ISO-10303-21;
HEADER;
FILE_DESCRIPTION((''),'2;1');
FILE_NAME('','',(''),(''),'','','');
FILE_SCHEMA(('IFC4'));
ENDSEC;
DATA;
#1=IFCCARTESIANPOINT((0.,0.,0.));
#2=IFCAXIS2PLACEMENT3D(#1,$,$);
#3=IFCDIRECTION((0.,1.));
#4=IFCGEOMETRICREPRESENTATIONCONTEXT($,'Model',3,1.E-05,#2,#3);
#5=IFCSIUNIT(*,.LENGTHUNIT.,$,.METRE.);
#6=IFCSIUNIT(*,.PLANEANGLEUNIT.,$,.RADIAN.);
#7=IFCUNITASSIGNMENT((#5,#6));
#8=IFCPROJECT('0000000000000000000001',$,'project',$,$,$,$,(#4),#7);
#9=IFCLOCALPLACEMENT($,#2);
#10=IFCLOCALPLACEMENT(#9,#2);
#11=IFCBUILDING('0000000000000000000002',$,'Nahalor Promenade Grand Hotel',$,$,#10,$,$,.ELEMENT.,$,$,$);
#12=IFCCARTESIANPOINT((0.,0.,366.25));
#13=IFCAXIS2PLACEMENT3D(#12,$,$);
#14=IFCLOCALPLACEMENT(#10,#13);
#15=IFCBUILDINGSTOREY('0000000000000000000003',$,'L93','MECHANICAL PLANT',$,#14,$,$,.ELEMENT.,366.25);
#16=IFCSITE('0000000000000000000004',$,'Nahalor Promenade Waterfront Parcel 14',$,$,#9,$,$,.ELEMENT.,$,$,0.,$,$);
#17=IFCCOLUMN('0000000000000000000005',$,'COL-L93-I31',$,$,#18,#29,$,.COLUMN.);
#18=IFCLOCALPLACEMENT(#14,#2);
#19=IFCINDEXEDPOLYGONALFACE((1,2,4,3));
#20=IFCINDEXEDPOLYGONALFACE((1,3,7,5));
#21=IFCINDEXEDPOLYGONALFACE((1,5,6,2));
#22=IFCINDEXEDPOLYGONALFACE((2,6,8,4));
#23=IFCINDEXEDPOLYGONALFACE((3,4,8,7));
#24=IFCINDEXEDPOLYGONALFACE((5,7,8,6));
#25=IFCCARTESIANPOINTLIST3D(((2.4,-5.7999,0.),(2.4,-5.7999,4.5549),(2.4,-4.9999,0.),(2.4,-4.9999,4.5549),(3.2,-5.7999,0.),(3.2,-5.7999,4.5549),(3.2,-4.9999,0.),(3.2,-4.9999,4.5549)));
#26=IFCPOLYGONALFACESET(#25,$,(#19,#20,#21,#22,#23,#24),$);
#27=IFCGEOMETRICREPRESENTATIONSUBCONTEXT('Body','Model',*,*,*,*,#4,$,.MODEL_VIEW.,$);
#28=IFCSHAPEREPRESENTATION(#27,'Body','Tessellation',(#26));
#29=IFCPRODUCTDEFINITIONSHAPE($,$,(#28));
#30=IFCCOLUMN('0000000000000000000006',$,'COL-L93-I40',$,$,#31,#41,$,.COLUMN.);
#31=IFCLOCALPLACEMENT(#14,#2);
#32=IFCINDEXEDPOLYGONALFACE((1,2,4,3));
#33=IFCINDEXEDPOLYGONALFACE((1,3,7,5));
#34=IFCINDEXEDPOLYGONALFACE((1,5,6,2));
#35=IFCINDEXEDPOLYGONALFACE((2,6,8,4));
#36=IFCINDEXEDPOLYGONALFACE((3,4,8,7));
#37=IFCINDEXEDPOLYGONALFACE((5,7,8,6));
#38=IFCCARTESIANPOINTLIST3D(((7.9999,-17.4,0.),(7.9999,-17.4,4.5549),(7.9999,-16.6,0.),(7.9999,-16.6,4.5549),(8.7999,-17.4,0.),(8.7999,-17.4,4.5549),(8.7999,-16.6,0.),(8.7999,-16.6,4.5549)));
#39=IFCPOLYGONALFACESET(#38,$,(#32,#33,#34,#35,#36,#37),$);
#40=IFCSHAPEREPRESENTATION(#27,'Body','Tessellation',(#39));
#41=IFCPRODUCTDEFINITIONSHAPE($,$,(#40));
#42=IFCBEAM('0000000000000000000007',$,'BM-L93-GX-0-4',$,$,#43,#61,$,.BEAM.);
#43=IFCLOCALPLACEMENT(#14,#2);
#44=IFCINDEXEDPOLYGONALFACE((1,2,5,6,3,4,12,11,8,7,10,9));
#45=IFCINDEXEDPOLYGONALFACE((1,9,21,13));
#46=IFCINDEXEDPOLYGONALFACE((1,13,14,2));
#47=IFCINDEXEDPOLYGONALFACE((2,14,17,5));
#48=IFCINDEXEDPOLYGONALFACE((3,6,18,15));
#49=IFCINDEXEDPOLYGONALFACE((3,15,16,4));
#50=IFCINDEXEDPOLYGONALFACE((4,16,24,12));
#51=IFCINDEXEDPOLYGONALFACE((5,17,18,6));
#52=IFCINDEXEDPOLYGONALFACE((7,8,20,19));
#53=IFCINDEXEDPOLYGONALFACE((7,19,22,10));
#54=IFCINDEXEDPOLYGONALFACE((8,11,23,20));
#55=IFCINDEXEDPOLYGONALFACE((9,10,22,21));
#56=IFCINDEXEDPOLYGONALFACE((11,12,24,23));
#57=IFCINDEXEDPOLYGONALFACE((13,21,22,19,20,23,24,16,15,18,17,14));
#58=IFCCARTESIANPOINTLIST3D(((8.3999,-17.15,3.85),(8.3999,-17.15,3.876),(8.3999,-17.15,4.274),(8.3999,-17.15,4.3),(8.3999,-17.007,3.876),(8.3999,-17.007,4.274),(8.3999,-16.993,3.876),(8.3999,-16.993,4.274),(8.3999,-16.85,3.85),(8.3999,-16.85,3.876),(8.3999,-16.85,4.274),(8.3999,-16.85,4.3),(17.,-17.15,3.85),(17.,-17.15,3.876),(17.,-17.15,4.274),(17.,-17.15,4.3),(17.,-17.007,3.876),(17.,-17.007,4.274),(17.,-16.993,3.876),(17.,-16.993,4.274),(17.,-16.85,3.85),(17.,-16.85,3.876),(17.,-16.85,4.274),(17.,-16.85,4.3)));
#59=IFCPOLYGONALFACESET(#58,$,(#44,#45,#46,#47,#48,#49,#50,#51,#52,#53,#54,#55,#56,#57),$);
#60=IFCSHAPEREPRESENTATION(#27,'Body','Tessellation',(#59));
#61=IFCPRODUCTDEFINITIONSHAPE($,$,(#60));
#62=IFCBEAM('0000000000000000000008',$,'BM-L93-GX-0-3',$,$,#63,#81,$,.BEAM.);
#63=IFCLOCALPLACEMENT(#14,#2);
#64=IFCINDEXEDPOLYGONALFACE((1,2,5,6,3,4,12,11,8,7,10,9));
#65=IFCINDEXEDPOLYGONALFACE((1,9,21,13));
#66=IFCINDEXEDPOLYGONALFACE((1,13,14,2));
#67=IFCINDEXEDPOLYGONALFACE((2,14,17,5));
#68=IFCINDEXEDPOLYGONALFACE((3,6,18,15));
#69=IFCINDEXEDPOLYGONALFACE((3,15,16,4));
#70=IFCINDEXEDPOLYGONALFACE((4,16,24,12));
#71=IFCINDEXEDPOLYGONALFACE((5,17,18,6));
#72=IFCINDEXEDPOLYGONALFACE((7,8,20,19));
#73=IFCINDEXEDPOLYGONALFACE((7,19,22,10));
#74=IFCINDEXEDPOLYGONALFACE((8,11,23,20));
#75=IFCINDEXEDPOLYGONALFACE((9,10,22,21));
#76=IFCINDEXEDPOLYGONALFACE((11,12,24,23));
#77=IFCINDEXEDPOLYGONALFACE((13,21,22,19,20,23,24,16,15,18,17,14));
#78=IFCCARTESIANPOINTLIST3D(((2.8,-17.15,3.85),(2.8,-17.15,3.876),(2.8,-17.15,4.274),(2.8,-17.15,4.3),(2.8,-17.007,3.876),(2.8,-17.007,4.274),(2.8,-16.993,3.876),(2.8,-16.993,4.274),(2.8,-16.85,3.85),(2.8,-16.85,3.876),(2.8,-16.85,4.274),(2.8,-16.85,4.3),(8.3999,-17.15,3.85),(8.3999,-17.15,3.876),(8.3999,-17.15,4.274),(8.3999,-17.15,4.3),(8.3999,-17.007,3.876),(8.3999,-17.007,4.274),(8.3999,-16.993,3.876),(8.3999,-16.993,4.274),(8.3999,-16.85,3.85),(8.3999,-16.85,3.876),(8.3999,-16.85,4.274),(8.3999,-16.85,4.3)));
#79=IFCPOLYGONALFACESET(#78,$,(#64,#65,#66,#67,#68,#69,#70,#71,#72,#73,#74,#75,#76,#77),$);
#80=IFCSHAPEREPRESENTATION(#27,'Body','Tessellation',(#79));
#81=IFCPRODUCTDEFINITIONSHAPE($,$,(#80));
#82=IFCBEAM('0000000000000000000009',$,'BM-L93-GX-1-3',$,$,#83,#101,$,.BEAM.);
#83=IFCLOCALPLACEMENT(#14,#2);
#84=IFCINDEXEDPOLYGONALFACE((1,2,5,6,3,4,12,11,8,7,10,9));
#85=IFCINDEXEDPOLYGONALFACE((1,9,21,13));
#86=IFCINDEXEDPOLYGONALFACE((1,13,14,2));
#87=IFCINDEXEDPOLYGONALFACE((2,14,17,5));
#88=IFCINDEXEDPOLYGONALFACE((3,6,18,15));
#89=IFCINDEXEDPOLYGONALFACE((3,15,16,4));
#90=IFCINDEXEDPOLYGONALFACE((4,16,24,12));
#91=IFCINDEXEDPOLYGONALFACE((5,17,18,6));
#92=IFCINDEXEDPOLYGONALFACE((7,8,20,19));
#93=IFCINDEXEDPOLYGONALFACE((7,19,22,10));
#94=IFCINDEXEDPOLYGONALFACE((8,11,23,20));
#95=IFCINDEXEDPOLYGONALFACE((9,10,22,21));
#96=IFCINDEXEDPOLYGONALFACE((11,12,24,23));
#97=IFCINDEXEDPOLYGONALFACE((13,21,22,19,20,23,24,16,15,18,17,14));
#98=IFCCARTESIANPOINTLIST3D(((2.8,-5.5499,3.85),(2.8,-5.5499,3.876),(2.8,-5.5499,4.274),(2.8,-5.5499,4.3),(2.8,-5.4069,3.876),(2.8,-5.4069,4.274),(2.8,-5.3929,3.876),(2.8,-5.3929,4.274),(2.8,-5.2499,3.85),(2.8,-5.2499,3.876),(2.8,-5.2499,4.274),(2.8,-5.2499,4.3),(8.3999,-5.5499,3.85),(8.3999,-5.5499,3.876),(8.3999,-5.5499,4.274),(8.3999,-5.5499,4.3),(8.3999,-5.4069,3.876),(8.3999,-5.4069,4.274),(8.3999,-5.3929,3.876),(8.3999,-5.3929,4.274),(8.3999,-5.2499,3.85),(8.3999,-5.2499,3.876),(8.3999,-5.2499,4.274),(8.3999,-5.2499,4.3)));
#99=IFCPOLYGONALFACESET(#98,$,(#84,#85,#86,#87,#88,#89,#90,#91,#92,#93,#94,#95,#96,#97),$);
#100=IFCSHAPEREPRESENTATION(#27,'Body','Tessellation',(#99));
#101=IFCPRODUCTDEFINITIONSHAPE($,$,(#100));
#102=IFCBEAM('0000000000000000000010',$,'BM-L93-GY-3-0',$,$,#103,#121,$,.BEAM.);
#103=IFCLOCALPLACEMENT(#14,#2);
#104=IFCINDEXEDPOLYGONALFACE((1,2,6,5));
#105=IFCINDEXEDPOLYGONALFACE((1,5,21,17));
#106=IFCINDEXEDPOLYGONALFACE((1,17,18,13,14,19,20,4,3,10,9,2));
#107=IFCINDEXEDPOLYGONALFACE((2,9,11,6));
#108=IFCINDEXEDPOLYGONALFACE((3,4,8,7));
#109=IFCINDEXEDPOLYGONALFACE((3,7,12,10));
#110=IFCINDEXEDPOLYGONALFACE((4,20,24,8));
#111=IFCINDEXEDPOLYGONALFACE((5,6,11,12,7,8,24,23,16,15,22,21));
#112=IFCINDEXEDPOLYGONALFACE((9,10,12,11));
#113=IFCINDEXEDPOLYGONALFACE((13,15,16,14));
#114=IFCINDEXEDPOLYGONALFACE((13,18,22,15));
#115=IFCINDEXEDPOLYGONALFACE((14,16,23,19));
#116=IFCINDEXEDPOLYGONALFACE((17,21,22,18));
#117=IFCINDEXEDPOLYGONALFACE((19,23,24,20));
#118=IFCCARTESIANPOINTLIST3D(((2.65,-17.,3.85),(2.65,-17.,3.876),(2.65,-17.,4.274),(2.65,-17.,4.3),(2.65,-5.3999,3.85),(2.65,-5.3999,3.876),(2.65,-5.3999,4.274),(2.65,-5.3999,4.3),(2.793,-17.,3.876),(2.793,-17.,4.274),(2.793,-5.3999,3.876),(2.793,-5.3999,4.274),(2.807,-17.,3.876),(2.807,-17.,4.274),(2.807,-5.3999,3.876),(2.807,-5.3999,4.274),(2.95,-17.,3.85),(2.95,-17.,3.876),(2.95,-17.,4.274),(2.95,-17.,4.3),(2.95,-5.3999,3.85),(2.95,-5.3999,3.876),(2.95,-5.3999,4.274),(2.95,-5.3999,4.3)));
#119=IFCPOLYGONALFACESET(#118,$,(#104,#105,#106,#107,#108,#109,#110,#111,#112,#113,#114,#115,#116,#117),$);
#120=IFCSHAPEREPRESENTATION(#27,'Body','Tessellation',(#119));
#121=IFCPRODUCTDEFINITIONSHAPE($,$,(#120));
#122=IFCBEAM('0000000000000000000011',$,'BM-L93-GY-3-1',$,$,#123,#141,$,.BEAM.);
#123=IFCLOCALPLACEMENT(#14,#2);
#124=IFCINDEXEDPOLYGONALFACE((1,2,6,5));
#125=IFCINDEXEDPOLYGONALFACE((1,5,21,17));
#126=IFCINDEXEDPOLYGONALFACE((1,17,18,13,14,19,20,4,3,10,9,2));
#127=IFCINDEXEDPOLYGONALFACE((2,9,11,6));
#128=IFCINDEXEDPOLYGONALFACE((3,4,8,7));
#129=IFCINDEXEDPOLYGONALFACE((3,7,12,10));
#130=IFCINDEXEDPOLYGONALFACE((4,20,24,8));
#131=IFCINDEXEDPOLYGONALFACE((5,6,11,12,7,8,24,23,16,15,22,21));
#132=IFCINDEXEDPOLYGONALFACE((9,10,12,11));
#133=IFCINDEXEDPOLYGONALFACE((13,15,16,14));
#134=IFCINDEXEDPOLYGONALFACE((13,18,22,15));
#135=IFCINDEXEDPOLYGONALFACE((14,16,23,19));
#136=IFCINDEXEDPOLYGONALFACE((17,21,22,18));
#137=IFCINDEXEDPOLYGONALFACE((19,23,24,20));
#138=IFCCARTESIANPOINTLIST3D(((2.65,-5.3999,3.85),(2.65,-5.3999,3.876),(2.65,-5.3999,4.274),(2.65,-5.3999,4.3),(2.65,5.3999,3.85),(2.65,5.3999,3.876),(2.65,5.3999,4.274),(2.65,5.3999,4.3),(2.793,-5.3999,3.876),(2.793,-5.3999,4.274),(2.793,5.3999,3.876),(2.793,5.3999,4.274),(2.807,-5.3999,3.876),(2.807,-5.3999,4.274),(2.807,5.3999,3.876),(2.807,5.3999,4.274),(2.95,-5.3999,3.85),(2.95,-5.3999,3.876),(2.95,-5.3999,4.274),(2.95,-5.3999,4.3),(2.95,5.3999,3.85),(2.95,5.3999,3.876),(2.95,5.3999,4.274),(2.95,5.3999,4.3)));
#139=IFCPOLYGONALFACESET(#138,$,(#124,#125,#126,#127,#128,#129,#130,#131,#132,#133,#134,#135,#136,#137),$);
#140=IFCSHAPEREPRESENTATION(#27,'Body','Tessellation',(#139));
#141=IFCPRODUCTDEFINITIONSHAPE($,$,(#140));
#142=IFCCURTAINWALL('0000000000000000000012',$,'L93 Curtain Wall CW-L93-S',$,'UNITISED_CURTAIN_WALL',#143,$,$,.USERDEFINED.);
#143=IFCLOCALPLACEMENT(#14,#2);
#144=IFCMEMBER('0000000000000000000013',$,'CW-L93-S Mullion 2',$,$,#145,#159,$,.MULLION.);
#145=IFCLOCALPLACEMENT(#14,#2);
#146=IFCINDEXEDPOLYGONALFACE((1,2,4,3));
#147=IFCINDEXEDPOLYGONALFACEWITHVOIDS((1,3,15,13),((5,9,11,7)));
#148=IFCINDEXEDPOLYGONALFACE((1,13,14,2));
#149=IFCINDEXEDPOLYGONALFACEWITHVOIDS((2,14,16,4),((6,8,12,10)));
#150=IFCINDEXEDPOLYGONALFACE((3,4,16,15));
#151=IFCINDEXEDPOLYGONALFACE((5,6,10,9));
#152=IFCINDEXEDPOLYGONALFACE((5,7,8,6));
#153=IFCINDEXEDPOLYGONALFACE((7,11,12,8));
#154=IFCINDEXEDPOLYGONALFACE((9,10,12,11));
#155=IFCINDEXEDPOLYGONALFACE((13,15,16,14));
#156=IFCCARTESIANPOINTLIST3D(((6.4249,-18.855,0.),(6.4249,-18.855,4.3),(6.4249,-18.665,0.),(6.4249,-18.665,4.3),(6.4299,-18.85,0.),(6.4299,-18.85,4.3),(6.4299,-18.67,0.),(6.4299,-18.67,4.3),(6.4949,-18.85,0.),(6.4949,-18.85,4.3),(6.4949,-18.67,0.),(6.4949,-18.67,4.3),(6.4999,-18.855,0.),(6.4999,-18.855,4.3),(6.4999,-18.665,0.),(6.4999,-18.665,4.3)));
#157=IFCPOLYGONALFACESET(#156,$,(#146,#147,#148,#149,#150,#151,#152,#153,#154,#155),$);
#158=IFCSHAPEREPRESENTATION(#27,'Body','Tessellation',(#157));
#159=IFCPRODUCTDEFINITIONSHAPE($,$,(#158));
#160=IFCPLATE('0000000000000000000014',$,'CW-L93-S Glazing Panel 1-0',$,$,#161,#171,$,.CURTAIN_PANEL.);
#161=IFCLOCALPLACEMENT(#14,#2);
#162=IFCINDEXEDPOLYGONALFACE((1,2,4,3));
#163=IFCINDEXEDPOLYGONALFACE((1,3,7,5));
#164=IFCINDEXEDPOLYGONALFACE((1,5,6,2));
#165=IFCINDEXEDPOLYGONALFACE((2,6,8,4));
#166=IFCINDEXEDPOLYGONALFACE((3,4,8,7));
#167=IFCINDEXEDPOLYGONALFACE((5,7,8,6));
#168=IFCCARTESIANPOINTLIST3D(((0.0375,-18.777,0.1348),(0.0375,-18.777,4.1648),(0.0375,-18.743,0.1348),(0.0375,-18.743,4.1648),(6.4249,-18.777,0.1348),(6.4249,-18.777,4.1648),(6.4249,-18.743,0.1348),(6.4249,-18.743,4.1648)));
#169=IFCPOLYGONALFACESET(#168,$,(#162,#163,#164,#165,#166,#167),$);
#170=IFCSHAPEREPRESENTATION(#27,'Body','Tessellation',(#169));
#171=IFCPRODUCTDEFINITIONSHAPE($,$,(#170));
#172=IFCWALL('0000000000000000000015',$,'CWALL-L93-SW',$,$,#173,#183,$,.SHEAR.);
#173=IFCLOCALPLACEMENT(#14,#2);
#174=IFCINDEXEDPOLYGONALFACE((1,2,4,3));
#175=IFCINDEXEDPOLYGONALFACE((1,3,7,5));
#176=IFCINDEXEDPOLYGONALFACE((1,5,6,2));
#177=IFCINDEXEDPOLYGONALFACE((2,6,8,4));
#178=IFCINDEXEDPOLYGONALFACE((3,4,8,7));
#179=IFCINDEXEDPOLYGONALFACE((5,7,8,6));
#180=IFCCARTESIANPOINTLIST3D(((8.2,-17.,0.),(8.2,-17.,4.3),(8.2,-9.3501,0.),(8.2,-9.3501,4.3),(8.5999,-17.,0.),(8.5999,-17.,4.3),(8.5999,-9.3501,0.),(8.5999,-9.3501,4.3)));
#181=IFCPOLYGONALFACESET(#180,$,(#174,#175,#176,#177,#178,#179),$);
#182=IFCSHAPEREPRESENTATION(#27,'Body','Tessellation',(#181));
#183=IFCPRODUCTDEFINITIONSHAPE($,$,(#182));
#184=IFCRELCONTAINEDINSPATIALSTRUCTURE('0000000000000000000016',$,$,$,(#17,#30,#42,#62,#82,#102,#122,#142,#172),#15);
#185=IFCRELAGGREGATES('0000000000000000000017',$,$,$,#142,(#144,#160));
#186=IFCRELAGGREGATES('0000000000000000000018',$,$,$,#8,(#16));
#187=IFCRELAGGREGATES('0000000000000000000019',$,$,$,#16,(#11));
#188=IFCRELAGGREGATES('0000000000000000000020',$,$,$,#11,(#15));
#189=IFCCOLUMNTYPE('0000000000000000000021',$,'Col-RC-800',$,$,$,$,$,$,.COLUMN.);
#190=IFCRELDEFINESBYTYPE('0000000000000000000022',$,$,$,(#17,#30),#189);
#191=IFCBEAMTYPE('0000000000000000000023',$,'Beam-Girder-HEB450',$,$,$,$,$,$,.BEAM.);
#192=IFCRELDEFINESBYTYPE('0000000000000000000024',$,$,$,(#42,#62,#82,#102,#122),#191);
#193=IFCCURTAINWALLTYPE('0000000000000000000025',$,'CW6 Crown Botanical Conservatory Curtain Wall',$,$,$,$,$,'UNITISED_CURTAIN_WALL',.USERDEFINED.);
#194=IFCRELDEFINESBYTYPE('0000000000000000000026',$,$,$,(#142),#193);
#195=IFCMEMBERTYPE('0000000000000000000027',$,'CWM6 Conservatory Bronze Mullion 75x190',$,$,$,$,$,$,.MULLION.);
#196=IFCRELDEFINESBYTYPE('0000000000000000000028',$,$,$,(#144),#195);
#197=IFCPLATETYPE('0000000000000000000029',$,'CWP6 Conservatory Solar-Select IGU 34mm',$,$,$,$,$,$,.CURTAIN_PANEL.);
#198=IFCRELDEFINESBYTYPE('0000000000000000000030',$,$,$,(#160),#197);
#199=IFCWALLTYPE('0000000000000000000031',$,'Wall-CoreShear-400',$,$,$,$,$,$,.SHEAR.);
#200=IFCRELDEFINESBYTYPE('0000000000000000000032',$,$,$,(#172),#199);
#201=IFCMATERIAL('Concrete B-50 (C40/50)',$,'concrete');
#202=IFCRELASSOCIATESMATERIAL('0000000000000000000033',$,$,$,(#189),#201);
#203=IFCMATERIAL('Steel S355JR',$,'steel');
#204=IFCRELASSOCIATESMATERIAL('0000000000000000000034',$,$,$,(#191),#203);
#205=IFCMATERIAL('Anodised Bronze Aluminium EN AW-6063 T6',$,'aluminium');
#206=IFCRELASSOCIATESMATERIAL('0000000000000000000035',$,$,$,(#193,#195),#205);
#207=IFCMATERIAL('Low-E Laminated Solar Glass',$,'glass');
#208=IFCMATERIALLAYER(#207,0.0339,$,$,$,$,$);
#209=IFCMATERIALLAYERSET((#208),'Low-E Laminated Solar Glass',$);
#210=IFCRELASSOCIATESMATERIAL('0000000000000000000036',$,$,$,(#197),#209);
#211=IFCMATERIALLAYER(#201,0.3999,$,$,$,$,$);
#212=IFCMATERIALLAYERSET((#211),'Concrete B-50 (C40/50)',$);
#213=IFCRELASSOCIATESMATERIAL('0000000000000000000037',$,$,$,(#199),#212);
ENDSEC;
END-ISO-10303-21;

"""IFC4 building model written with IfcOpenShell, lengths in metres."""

from ifc_helpers import new_model, si_unit, direction, frame, frame_2d, origin, origin_2d, place, context, subcontext, project, spatial, rectangle, hollow_rectangle, i_section, extrude, source, transform, mapped, material, layer, layer_set, material_profile, profile_set, type_object, element, aggregate, save


model = new_model("IFC4")

# Units and contexts
model_context = context("Model", 3, precision=1e-05, world=origin(), true_north=direction((0.0, 1.0)))
body_context = subcontext(model_context, "Body", "Model", "MODEL_VIEW")
ifc_project = project(units=[si_unit("LENGTHUNIT", "METRE"), si_unit("PLANEANGLEUNIT", "RADIAN")], contexts=[model_context])

# Site, building, storey
site_placement = place(None, origin())
site = spatial("IfcSite", under=ifc_project, at=site_placement, Name="Nahalor Promenade Waterfront Parcel 14", CompositionType="ELEMENT", RefElevation=0.0)
building_placement = place(site_placement, origin())
building = spatial("IfcBuilding", under=site, at=building_placement, Name="Nahalor Promenade Grand Hotel", CompositionType="ELEMENT")
storey_placement = place(building_placement, frame((0.0, 0.0, 366.25)))
storey = spatial("IfcBuildingStorey", under=building, at=storey_placement, Name="L93", Description="MECHANICAL PLANT", CompositionType="ELEMENT", Elevation=366.25)

# Columns
ifc_material_1 = material(Name="Concrete B-50 (C40/50)", Category="concrete")
ifc_material_profile_1 = material_profile(ifc_material_1, rectangle(XDim=0.8, YDim=0.8, at=origin_2d()), Name="RC 800x800")
ifc_profile_set_1 = profile_set([ifc_material_profile_1], Name="Concrete B-50 (C40/50)")
column_type = type_object("IfcColumnType", Name="Col-RC-800", PredefinedType="COLUMN", material=ifc_profile_set_1)
shared_shape_1 = source(origin(), body_context, "Body", "SweptSolid", [
    extrude(rectangle(XDim=0.8, YDim=0.8, at=origin_2d()), origin(), (0.0, 0.0, 1.0), 4.5549),
])
for number, where, z_axis, x_axis, name in (
    (1, (2.8, -5.3999, 0.0), (0.0, 0.0, 1.0), (1.0, 0.0, 0.0), "COL-L93-I31"),
    (2, (8.3999, -17.0, 0.0), (0.0, 0.0, 1.0), (1.0, 0.0, 0.0), "COL-L93-I40"),
):
    element("IfcColumn", number, at=place(storey_placement, frame(where, z_axis=z_axis, x_axis=x_axis)), inside=storey, type_object=column_type, Name=name, PredefinedType="COLUMN", context=body_context, shape_type="MappedRepresentation", body=[
        mapped(shared_shape_1, transform((0.0, 0.0, 0.0), scale=1.0)),
    ])

# Beams
ifc_material_2 = material(Name="Steel S355JR", Category="steel")
ifc_material_profile_2 = material_profile(ifc_material_2, i_section(OverallWidth=0.3, OverallDepth=0.45, WebThickness=0.014, FlangeThickness=0.026, at=origin_2d()), Name="HEB 450")
ifc_profile_set_2 = profile_set([ifc_material_profile_2], Name="Steel S355JR")
beam_type = type_object("IfcBeamType", Name="Beam-Girder-HEB450", PredefinedType="BEAM", material=ifc_profile_set_2)
shared_shape_2 = source(origin(), body_context, "Body", "SweptSolid", [
    extrude(i_section(OverallWidth=0.3, OverallDepth=0.45, WebThickness=0.014, FlangeThickness=0.026, at=origin_2d()), origin(), (0.0, 0.0, 1.0), 8.6001),
])
beam_1_placement = place(storey_placement, frame((8.3999, -17.0, 4.075), z_axis=(1.0, 0.0, 0.0), x_axis=(0.0, 1.0, 0.0)))
element("IfcBeam", 3, at=beam_1_placement, inside=storey, type_object=beam_type, Name="BM-L93-GX-0-4", PredefinedType="BEAM", context=body_context, shape_type="MappedRepresentation", body=[
    mapped(shared_shape_2, transform((0.0, 0.0, 0.0), scale=1.0)),
])
shared_shape_3 = source(origin(), body_context, "Body", "SweptSolid", [
    extrude(i_section(OverallWidth=0.3, OverallDepth=0.45, WebThickness=0.014, FlangeThickness=0.026, at=origin_2d()), origin(), (0.0, 0.0, 1.0), 5.5999),
])
for number, where, z_axis, x_axis, name in (
    (4, (2.8, -17.0, 4.075), (1.0, 0.0, 0.0), (0.0, 1.0, 0.0), "BM-L93-GX-0-3"),
    (5, (2.8, -5.3999, 4.075), (1.0, 0.0, 0.0), (0.0, 1.0, 0.0), "BM-L93-GX-1-3"),
):
    element("IfcBeam", number, at=place(storey_placement, frame(where, z_axis=z_axis, x_axis=x_axis)), inside=storey, type_object=beam_type, Name=name, PredefinedType="BEAM", context=body_context, shape_type="MappedRepresentation", body=[
        mapped(shared_shape_3, transform((0.0, 0.0, 0.0), scale=1.0)),
    ])
shared_shape_4 = source(origin(), body_context, "Body", "SweptSolid", [
    extrude(i_section(OverallWidth=0.3, OverallDepth=0.45, WebThickness=0.014, FlangeThickness=0.026, at=origin_2d()), origin(), (0.0, 0.0, 1.0), 11.6001),
])
beam_2_placement = place(storey_placement, frame((2.8, -17.0, 4.075), z_axis=(0.0, 1.0, 0.0), x_axis=(-1.0, 0.0, 0.0)))
element("IfcBeam", 6, at=beam_2_placement, inside=storey, type_object=beam_type, Name="BM-L93-GY-3-0", PredefinedType="BEAM", context=body_context, shape_type="MappedRepresentation", body=[
    mapped(shared_shape_4, transform((0.0, 0.0, 0.0), scale=1.0)),
])
shared_shape_5 = source(origin(), body_context, "Body", "SweptSolid", [
    extrude(i_section(OverallWidth=0.3, OverallDepth=0.45, WebThickness=0.014, FlangeThickness=0.026, at=origin_2d()), origin(), (0.0, 0.0, 1.0), 10.7998),
])
beam_3_placement = place(storey_placement, frame((2.8, -5.3999, 4.075), z_axis=(0.0, 1.0, 0.0), x_axis=(-1.0, 0.0, 0.0)))
element("IfcBeam", 7, at=beam_3_placement, inside=storey, type_object=beam_type, Name="BM-L93-GY-3-1", PredefinedType="BEAM", context=body_context, shape_type="MappedRepresentation", body=[
    mapped(shared_shape_5, transform((0.0, 0.0, 0.0), scale=1.0)),
])

# Curtain wall, member, plate
ifc_material_3 = material(Name="Anodised Bronze Aluminium EN AW-6063 T6", Category="aluminium")
curtain_wall_type = type_object("IfcCurtainWallType", Name="CW6 Crown Botanical Conservatory Curtain Wall", ElementType="UNITISED_CURTAIN_WALL", PredefinedType="USERDEFINED", material=ifc_material_3)
curtain_wall_placement = place(storey_placement, origin())
curtain_wall = element("IfcCurtainWall", 8, at=curtain_wall_placement, inside=storey, type_object=curtain_wall_type, Name="L93 Curtain Wall CW-L93-S", ObjectType="UNITISED_CURTAIN_WALL", PredefinedType="USERDEFINED")
ifc_material_profile_3 = material_profile(ifc_material_3, hollow_rectangle(XDim=0.075, YDim=0.19, WallThickness=0.005, at=origin_2d()), Name="CWM 75x190x5")
ifc_profile_set_3 = profile_set([ifc_material_profile_3], Name="Anodised Bronze Aluminium EN AW-6063 T6")
member_type = type_object("IfcMemberType", Name="CWM6 Conservatory Bronze Mullion 75x190", PredefinedType="MULLION", material=ifc_profile_set_3)
shared_shape_6 = source(origin(), body_context, "Body", "SweptSolid", [
    extrude(hollow_rectangle(XDim=0.075, YDim=0.19, WallThickness=0.005, at=origin_2d()), origin(), (0.0, 0.0, 1.0), 4.3),
])
member_placement = place(storey_placement, frame((6.4624, -18.76, 0.0), z_axis=(0.0, 0.0, 1.0), x_axis=(1.0, 0.0, 0.0)))
member = element("IfcMember", 9, at=member_placement, type_object=member_type, Name="CW-L93-S Mullion 2", PredefinedType="MULLION", context=body_context, shape_type="MappedRepresentation", body=[
    mapped(shared_shape_6, transform((0.0, 0.0, 0.0), scale=1.0)),
])
ifc_material_4 = material(Name="Low-E Laminated Solar Glass", Category="glass")
ifc_layer_1 = layer(ifc_material_4, 0.0339)
ifc_layer_set_1 = layer_set([ifc_layer_1], Name="Low-E Laminated Solar Glass")
plate_type = type_object("IfcPlateType", Name="CWP6 Conservatory Solar-Select IGU 34mm", PredefinedType="CURTAIN_PANEL", material=ifc_layer_set_1)
shared_shape_7 = source(origin(), body_context, "Body", "SweptSolid", [
    extrude(rectangle(XDim=6.3875, YDim=0.0339, at=origin_2d()), origin(), (0.0, 0.0, 1.0), 4.03),
])
plate_placement = place(storey_placement, frame((3.2312, -18.76, 0.1348), z_axis=(0.0, 0.0, 1.0), x_axis=(1.0, 0.0, 0.0)))
plate = element("IfcPlate", 10, at=plate_placement, type_object=plate_type, Name="CW-L93-S Glazing Panel 1-0", PredefinedType="CURTAIN_PANEL", context=body_context, shape_type="MappedRepresentation", body=[
    mapped(shared_shape_7, transform((0.0, 0.0, 0.0), scale=1.0)),
])
aggregate(curtain_wall, [member, plate])

# Wall
ifc_layer_2 = layer(ifc_material_1, 0.3999)
ifc_layer_set_2 = layer_set([ifc_layer_2], Name="Concrete B-50 (C40/50)")
wall_type_1 = type_object("IfcWallType", Name="Wall-CoreShear-400", PredefinedType="SHEAR", material=ifc_layer_set_2)
shared_shape_8 = source(origin(), body_context, "Body", "SweptSolid", [
    extrude(rectangle(XDim=7.6499, YDim=0.3999, at=frame_2d((3.825, 0.0))), origin(), (0.0, 0.0, 1.0), 4.3),
])
wall_1_placement = place(storey_placement, frame((8.3999, -17.0, 0.0), z_axis=(0.0, 0.0, 1.0), x_axis=(0.0, 1.0, 0.0)))
element("IfcWall", 11, at=wall_1_placement, inside=storey, type_object=wall_type_1, Name="CWALL-L93-SW", PredefinedType="SHEAR", context=body_context, shape_type="MappedRepresentation", body=[
    mapped(shared_shape_8, transform((0.0, 0.0, 0.0), scale=1.0)),
])

save(model, "model.ifc")
